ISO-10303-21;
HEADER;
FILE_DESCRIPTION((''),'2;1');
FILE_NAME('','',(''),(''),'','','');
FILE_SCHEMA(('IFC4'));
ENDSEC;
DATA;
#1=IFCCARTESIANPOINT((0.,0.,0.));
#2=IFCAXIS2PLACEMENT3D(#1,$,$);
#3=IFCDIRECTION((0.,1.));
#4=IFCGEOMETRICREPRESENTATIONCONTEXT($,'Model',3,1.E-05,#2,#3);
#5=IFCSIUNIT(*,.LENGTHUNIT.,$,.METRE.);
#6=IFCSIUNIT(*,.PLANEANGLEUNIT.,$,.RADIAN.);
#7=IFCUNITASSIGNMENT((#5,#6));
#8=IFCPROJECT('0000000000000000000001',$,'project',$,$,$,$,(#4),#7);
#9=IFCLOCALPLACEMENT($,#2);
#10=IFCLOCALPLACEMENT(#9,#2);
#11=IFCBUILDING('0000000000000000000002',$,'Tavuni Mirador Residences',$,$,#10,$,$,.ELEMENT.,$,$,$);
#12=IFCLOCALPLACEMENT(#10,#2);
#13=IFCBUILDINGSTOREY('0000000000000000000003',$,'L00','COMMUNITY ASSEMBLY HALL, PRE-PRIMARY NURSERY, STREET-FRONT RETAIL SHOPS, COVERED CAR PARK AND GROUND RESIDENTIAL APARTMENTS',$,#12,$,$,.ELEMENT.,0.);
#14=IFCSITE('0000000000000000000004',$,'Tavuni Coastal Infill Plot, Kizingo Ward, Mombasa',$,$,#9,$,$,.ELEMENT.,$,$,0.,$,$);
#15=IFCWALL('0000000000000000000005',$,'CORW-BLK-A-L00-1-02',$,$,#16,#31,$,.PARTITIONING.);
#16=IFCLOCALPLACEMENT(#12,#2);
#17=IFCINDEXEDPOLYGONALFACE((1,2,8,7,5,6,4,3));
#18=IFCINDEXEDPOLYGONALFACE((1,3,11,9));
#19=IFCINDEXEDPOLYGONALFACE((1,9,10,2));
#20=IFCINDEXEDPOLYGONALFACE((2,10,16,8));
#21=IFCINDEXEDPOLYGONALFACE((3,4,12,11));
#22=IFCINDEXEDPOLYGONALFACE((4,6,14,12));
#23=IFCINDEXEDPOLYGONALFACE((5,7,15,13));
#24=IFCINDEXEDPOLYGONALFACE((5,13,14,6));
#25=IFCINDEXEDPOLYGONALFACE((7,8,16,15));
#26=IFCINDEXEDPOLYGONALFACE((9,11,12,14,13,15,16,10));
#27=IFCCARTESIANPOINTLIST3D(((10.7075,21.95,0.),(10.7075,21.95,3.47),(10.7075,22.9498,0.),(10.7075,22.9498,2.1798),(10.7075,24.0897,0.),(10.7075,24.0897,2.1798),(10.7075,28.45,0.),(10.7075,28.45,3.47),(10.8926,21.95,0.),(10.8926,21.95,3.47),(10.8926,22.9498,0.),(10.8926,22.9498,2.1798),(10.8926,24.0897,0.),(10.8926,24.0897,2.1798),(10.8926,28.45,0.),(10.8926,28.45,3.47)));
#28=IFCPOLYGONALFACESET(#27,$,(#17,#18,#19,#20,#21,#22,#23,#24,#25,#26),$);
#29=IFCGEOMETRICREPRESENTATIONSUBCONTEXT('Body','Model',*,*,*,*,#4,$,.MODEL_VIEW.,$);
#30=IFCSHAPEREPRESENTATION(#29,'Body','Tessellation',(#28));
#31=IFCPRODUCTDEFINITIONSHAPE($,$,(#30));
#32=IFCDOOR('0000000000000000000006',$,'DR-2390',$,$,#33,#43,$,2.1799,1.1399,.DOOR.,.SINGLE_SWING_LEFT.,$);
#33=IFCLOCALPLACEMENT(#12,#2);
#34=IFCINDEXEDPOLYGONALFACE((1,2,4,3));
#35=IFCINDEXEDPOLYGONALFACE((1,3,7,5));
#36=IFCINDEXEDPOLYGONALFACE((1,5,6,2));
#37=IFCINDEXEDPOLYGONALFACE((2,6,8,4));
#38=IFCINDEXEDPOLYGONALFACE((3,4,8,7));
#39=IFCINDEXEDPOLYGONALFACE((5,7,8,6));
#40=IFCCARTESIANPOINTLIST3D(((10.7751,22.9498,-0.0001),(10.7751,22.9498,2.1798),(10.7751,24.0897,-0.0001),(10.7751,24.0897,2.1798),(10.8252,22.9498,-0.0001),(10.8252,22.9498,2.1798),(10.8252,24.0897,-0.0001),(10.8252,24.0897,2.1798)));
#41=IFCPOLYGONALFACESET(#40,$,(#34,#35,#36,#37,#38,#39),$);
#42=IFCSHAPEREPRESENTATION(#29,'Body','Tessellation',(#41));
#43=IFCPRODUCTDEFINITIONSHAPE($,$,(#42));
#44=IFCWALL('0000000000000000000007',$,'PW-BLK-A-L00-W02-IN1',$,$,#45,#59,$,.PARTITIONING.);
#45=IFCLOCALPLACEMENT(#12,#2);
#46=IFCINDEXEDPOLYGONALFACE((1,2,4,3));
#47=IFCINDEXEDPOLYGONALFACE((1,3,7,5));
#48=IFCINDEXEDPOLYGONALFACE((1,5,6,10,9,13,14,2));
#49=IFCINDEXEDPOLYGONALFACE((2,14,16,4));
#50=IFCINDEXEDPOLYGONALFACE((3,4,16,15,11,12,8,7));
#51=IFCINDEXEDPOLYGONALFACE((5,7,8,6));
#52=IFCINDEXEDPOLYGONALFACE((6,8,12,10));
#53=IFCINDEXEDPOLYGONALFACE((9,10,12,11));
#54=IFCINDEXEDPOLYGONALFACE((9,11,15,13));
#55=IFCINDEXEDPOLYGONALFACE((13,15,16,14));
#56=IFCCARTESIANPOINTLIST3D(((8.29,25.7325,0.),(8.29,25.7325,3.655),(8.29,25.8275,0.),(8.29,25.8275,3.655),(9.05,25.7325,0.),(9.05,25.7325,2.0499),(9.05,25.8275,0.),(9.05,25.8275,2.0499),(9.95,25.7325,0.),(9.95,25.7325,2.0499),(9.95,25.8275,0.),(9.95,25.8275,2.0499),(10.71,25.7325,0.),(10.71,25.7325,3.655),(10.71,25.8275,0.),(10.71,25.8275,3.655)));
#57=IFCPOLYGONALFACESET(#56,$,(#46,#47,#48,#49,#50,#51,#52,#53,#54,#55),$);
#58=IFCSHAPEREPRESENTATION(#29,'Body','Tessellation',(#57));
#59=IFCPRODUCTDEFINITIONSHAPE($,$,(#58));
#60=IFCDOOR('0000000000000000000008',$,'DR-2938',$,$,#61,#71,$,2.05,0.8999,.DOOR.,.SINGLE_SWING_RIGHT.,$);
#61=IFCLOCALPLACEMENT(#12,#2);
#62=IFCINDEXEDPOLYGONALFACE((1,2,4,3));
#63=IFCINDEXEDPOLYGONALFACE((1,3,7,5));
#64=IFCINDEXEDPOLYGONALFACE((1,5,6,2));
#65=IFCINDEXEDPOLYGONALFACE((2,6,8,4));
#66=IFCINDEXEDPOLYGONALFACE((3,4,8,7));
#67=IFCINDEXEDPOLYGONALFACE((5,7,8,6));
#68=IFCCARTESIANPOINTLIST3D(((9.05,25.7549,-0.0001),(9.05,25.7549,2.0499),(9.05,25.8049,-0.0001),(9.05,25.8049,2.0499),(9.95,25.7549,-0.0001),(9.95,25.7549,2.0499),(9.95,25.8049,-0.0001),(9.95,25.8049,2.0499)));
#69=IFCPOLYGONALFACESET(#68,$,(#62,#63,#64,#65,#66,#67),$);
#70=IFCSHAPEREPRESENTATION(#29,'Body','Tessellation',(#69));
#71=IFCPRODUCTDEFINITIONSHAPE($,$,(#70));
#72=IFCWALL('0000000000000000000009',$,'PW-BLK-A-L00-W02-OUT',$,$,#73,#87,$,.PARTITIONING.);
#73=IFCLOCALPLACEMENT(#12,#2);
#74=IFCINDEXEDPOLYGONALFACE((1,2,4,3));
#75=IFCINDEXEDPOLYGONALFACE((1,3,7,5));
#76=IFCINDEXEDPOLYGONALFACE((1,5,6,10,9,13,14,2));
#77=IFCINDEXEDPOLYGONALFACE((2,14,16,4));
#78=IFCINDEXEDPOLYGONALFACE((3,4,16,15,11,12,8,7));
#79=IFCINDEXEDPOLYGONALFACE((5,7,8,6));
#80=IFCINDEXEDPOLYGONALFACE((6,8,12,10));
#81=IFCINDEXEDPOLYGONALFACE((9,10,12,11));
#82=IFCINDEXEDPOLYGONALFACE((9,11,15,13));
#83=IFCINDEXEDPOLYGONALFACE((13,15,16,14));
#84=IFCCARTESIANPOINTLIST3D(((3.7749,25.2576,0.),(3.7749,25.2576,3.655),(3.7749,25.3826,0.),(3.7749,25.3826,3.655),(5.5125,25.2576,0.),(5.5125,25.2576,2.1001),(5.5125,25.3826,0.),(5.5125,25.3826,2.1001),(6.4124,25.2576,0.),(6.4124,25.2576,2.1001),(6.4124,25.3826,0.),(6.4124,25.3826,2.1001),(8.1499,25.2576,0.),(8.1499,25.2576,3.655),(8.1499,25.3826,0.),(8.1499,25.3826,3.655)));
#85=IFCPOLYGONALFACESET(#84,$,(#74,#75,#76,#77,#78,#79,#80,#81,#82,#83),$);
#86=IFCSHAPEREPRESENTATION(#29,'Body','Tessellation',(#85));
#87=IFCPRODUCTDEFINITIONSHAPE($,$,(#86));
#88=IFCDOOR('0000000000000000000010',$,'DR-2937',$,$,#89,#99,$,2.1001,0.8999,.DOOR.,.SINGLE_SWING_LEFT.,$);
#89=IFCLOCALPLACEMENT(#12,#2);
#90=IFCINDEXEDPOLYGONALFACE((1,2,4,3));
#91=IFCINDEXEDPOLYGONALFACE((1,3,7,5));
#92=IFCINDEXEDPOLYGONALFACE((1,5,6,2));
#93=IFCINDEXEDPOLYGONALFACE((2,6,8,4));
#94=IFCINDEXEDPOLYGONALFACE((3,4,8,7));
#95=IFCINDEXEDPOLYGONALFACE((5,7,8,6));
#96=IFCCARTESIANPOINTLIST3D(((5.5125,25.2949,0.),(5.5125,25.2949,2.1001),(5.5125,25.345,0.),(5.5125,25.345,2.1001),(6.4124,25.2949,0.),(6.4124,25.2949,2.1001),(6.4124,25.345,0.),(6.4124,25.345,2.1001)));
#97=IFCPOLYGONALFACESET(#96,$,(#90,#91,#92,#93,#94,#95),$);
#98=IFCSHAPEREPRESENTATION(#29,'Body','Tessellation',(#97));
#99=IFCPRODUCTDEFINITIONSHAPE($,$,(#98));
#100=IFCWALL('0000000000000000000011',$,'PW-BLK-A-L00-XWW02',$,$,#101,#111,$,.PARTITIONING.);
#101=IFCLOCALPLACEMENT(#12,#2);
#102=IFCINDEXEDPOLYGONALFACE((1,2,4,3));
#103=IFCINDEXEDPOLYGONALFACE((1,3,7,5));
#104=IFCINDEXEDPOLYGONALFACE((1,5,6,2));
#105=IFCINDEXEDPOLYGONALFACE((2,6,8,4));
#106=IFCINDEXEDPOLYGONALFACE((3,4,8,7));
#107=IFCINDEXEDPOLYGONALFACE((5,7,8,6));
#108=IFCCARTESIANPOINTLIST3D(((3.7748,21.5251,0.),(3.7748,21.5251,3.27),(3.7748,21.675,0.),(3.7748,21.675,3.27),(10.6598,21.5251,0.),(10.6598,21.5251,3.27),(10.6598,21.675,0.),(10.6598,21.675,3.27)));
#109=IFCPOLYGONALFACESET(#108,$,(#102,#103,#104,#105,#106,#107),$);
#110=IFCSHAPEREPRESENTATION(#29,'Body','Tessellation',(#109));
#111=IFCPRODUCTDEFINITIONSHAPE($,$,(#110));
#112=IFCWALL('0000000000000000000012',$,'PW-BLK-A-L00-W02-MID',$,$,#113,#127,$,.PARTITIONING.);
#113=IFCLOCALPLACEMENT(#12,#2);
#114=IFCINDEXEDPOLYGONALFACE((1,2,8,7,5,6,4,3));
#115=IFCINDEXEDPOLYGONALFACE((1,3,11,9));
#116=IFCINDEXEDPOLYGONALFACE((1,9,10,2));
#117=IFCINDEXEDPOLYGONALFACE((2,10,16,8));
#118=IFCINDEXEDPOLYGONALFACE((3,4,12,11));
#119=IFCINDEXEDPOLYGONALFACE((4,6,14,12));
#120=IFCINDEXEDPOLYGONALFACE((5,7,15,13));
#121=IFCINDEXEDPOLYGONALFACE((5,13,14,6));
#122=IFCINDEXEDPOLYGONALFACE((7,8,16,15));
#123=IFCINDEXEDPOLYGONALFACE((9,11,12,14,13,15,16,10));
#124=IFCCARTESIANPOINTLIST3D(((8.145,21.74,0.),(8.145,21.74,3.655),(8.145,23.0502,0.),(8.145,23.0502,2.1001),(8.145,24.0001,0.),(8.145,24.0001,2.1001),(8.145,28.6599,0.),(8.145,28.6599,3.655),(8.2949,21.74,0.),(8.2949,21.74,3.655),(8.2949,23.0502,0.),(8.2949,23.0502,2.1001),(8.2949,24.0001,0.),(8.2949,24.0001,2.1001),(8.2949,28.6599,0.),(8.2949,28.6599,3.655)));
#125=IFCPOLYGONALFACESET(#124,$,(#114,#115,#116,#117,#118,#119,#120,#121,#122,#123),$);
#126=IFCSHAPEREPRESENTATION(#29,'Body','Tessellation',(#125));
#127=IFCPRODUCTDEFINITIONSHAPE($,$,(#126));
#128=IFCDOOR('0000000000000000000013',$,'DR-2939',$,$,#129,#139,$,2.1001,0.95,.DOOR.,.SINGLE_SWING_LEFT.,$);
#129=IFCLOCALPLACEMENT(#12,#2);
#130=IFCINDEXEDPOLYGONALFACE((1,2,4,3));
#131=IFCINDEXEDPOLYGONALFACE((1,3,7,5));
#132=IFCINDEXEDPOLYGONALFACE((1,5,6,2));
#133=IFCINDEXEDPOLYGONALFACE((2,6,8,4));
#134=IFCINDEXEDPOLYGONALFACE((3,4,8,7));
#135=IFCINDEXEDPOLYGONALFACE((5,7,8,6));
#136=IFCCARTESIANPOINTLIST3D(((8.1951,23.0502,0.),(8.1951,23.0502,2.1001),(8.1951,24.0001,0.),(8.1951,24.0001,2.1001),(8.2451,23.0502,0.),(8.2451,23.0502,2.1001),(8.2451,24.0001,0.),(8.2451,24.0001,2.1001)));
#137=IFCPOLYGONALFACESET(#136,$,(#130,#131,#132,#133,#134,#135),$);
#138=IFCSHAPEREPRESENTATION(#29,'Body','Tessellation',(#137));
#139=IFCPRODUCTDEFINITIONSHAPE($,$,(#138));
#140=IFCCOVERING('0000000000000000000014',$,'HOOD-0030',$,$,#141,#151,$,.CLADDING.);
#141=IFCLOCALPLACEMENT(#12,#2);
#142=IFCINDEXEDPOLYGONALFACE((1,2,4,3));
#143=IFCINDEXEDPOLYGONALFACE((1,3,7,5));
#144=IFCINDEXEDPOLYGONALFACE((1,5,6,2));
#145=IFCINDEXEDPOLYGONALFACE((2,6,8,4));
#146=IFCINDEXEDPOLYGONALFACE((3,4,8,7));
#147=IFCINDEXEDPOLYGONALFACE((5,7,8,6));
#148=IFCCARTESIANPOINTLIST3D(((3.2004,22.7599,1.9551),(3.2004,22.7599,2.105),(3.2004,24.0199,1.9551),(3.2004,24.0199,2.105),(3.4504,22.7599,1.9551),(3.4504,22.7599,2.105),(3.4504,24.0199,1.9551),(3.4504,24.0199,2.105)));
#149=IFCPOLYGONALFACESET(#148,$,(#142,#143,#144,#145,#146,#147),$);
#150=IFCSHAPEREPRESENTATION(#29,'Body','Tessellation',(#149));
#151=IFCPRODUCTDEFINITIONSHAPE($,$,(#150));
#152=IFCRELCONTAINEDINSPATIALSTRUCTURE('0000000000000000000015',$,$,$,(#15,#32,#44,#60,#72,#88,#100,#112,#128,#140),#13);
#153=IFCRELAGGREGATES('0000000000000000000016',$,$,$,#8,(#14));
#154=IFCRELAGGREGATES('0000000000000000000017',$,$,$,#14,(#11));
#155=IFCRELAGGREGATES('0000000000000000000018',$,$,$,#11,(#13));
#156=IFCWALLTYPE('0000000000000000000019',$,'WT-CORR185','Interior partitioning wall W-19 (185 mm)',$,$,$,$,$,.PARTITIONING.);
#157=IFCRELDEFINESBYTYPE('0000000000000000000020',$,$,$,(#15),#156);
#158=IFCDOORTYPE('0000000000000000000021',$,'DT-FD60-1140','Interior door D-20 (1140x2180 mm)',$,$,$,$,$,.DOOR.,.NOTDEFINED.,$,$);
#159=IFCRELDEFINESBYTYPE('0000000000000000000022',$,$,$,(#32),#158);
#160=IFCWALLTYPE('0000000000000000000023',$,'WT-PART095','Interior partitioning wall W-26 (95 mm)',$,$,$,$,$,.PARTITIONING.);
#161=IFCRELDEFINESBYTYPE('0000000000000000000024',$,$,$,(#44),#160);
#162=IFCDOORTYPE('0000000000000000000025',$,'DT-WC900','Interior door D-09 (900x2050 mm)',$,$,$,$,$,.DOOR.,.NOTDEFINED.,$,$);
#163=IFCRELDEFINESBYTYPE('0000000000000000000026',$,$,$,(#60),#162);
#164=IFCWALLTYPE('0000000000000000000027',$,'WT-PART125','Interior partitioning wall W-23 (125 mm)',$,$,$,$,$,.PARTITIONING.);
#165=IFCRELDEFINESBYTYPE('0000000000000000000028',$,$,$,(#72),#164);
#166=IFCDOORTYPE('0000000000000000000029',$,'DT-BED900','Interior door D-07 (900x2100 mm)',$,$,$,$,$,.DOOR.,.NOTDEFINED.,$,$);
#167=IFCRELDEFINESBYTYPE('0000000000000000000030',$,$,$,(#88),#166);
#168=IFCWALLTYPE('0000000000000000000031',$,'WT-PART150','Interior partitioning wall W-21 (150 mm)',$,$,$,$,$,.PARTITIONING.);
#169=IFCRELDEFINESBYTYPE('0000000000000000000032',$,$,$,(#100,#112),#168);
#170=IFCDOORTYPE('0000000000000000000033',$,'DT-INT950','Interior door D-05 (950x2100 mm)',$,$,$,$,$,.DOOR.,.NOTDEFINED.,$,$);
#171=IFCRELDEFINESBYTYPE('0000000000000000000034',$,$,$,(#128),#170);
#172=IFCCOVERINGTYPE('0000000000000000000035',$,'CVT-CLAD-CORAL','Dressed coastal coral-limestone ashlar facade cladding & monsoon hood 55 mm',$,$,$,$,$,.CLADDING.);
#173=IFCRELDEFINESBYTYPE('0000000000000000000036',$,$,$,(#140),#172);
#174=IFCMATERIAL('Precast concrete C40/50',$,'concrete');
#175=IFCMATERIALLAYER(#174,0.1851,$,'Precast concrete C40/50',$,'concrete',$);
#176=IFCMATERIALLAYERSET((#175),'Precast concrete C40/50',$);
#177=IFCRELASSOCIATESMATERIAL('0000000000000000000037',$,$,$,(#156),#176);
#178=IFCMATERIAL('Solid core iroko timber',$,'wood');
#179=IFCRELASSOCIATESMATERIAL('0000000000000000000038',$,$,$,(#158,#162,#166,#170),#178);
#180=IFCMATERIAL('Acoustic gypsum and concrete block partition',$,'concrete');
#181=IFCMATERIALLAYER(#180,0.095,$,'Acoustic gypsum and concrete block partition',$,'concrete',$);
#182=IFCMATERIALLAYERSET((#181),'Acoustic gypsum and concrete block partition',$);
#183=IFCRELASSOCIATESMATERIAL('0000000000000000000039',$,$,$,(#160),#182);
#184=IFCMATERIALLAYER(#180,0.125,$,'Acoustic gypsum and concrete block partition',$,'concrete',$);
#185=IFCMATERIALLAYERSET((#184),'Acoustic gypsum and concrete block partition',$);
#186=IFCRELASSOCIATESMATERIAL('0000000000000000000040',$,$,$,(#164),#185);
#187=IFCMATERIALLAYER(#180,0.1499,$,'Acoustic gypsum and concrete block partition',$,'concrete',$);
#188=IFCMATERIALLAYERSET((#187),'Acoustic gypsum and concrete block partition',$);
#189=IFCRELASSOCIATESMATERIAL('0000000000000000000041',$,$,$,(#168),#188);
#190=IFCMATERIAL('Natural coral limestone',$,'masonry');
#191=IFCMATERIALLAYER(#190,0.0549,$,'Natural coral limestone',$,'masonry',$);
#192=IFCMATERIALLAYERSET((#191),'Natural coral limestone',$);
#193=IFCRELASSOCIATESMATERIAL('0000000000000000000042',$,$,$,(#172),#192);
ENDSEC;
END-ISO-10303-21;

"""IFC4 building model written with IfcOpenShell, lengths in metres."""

from ifc_helpers import new_model, si_unit, direction, frame, frame_2d, origin, origin_2d, place, context, subcontext, project, spatial, rectangle, extrude, material, layer, layer_set, type_object, element, fill, save


model = new_model("IFC4")

# Units and contexts
model_context = context("Model", 3, precision=1e-05, world=origin(), true_north=direction((0.0, 1.0)))
body_context = subcontext(model_context, "Body", "Model", "MODEL_VIEW")
ifc_project = project(units=[si_unit("LENGTHUNIT", "METRE"), si_unit("PLANEANGLEUNIT", "RADIAN")], contexts=[model_context])

# Site, building, storey
site_placement = place(None, origin())
site = spatial("IfcSite", under=ifc_project, at=site_placement, Name="Tavuni Coastal Infill Plot, Kizingo Ward, Mombasa", CompositionType="ELEMENT", RefElevation=0.0)
building_placement = place(site_placement, origin())
building = spatial("IfcBuilding", under=site, at=building_placement, Name="Tavuni Mirador Residences", CompositionType="ELEMENT")
storey_placement = place(building_placement, origin())
storey = spatial("IfcBuildingStorey", under=building, at=storey_placement, Name="L00", Description="COMMUNITY ASSEMBLY HALL, PRE-PRIMARY NURSERY, STREET-FRONT RETAIL SHOPS, COVERED CAR PARK AND GROUND RESIDENTIAL APARTMENTS", CompositionType="ELEMENT", Elevation=0.0)

# Shared definitions
ifc_material_1 = material(Name="Precast concrete C40/50", Category="concrete")

# Walls, openings, doors
ifc_layer_1 = layer(ifc_material_1, 0.1851, Name="Precast concrete C40/50", Category="concrete")
ifc_layer_set_1 = layer_set([ifc_layer_1], Name="Precast concrete C40/50")
wall_type_1 = type_object("IfcWallType", Name="WT-CORR185", Description="Interior partitioning wall W-19 (185 mm)", PredefinedType="PARTITIONING", material=ifc_layer_set_1)
wall_1_placement = place(storey_placement, frame((10.8, 21.95, 0.0), z_axis=(0.0, 0.0, 1.0), x_axis=(0.0, 1.0, 0.0)))
wall_1 = element("IfcWall", 1, at=wall_1_placement, inside=storey, type_object=wall_type_1, Name="CORW-BLK-A-L00-1-02", PredefinedType="PARTITIONING", context=body_context, shape_type="SweptSolid", body=[
    extrude(rectangle(XDim=6.5, YDim=0.1851, at=frame_2d((3.25, 0.0))), origin(), (0.0, 0.0, 1.0), 3.47),
])
opening_1_placement = place(wall_1_placement, frame((1.0, 0.0, 0.0)))
opening_1 = element("IfcOpeningElement", 2, at=opening_1_placement, cuts=wall_1, PredefinedType="OPENING", context=body_context, shape_type="SweptSolid", body=[
    extrude(rectangle(XDim=1.1399, YDim=2.1799, at=frame_2d((0.5698, 1.0898))), frame((0.0, 0.1025, 0.0), z_axis=(0.0, -1.0, 0.0), x_axis=(1.0, 0.0, 0.0)), (0.0, 0.0, 1.0), 0.2051),
])
ifc_material_2 = material(Name="Solid core iroko timber", Category="wood")
door_type_1 = type_object("IfcDoorType", Name="DT-FD60-1140", Description="Interior door D-20 (1140x2180 mm)", OperationType="NOTDEFINED", PredefinedType="DOOR", material=ifc_material_2)
door_1_placement = place(opening_1_placement, origin())
door_1 = element("IfcDoor", 3, at=door_1_placement, inside=storey, type_object=door_type_1, Name="DR-2390", OperationType="SINGLE_SWING_LEFT", OverallHeight=2.1799, OverallWidth=1.1399, PredefinedType="DOOR", context=body_context, shape_type="SweptSolid", body=[
    extrude(rectangle(XDim=1.1399, YDim=2.1799, at=frame_2d((0.5698, 1.0898))), frame((0.0, 0.0249, 0.0), z_axis=(0.0, -1.0, 0.0), x_axis=(1.0, 0.0, 0.0)), (0.0, 0.0, 1.0), 0.05),
])
fill(opening_1, door_1)
ifc_material_3 = material(Name="Acoustic gypsum and concrete block partition", Category="concrete")
ifc_layer_2 = layer(ifc_material_3, 0.095, Name="Acoustic gypsum and concrete block partition", Category="concrete")
ifc_layer_set_2 = layer_set([ifc_layer_2], Name="Acoustic gypsum and concrete block partition")
wall_type_2 = type_object("IfcWallType", Name="WT-PART095", Description="Interior partitioning wall W-26 (95 mm)", PredefinedType="PARTITIONING", material=ifc_layer_set_2)
wall_2_placement = place(storey_placement, frame((8.29, 25.78, 0.0), z_axis=(0.0, 0.0, 1.0), x_axis=(1.0, 0.0, 0.0)))
wall_2 = element("IfcWall", 4, at=wall_2_placement, inside=storey, type_object=wall_type_2, Name="PW-BLK-A-L00-W02-IN1", PredefinedType="PARTITIONING", context=body_context, shape_type="SweptSolid", body=[
    extrude(rectangle(XDim=2.4199, YDim=0.095, at=frame_2d((1.21, 0.0))), origin(), (0.0, 0.0, 1.0), 3.655),
])
opening_2_placement = place(wall_2_placement, frame((0.76, 0.0, 0.0)))
opening_2 = element("IfcOpeningElement", 5, at=opening_2_placement, cuts=wall_2, PredefinedType="OPENING", context=body_context, shape_type="SweptSolid", body=[
    extrude(rectangle(XDim=0.8999, YDim=2.05, at=frame_2d((0.45, 1.0249))), frame((0.0, 0.0576, 0.0), z_axis=(0.0, -1.0, 0.0), x_axis=(1.0, 0.0, 0.0)), (0.0, 0.0, 1.0), 0.115),
])
door_type_2 = type_object("IfcDoorType", Name="DT-WC900", Description="Interior door D-09 (900x2050 mm)", OperationType="NOTDEFINED", PredefinedType="DOOR", material=ifc_material_2)
door_2_placement = place(opening_2_placement, origin())
door_2 = element("IfcDoor", 6, at=door_2_placement, inside=storey, type_object=door_type_2, Name="DR-2938", OperationType="SINGLE_SWING_RIGHT", OverallHeight=2.05, OverallWidth=0.8999, PredefinedType="DOOR", context=body_context, shape_type="SweptSolid", body=[
    extrude(rectangle(XDim=0.8999, YDim=2.05, at=frame_2d((0.45, 1.0249))), frame((0.0, 0.0249, 0.0), z_axis=(0.0, -1.0, 0.0), x_axis=(1.0, 0.0, 0.0)), (0.0, 0.0, 1.0), 0.05),
])
fill(opening_2, door_2)
ifc_layer_3 = layer(ifc_material_3, 0.125, Name="Acoustic gypsum and concrete block partition", Category="concrete")
ifc_layer_set_3 = layer_set([ifc_layer_3], Name="Acoustic gypsum and concrete block partition")
wall_type_3 = type_object("IfcWallType", Name="WT-PART125", Description="Interior partitioning wall W-23 (125 mm)", PredefinedType="PARTITIONING", material=ifc_layer_set_3)
wall_3_placement = place(storey_placement, frame((3.7749, 25.3201, 0.0), z_axis=(0.0, 0.0, 1.0), x_axis=(1.0, 0.0, 0.0)))
wall_3 = element("IfcWall", 7, at=wall_3_placement, inside=storey, type_object=wall_type_3, Name="PW-BLK-A-L00-W02-OUT", PredefinedType="PARTITIONING", context=body_context, shape_type="SweptSolid", body=[
    extrude(rectangle(XDim=4.375, YDim=0.125, at=frame_2d((2.1875, 0.0))), origin(), (0.0, 0.0, 1.0), 3.655),
])
opening_3_placement = place(wall_3_placement, frame((1.7375, 0.0, 0.0)))
opening_3 = element("IfcOpeningElement", 8, at=opening_3_placement, cuts=wall_3, PredefinedType="OPENING", context=body_context, shape_type="SweptSolid", body=[
    extrude(rectangle(XDim=0.8999, YDim=2.1001, at=frame_2d((0.45, 1.05))), frame((0.0, 0.0725, 0.0), z_axis=(0.0, -1.0, 0.0), x_axis=(1.0, 0.0, 0.0)), (0.0, 0.0, 1.0), 0.145),
])
door_type_3 = type_object("IfcDoorType", Name="DT-BED900", Description="Interior door D-07 (900x2100 mm)", OperationType="NOTDEFINED", PredefinedType="DOOR", material=ifc_material_2)
door_3_placement = place(opening_3_placement, origin())
door_3 = element("IfcDoor", 9, at=door_3_placement, inside=storey, type_object=door_type_3, Name="DR-2937", OperationType="SINGLE_SWING_LEFT", OverallHeight=2.1001, OverallWidth=0.8999, PredefinedType="DOOR", context=body_context, shape_type="SweptSolid", body=[
    extrude(rectangle(XDim=0.8999, YDim=2.1001, at=frame_2d((0.45, 1.05))), frame((0.0, 0.0249, 0.0), z_axis=(0.0, -1.0, 0.0), x_axis=(1.0, 0.0, 0.0)), (0.0, 0.0, 1.0), 0.05),
])
fill(opening_3, door_3)

# Wall
ifc_layer_4 = layer(ifc_material_3, 0.1499, Name="Acoustic gypsum and concrete block partition", Category="concrete")
ifc_layer_set_4 = layer_set([ifc_layer_4], Name="Acoustic gypsum and concrete block partition")
wall_type_4 = type_object("IfcWallType", Name="WT-PART150", Description="Interior partitioning wall W-21 (150 mm)", PredefinedType="PARTITIONING", material=ifc_layer_set_4)
wall_4_placement = place(storey_placement, frame((3.7749, 21.6001, 0.0), z_axis=(0.0, 0.0, 1.0), x_axis=(1.0, 0.0, 0.0)))
element("IfcWall", 10, at=wall_4_placement, inside=storey, type_object=wall_type_4, Name="PW-BLK-A-L00-XWW02", PredefinedType="PARTITIONING", context=body_context, shape_type="SweptSolid", body=[
    extrude(rectangle(XDim=6.885, YDim=0.1499, at=frame_2d((3.4424, 0.0))), origin(), (0.0, 0.0, 1.0), 3.27),
])

# Wall, opening, door
wall_5_placement = place(storey_placement, frame((8.22, 21.74, 0.0), z_axis=(0.0, 0.0, 1.0), x_axis=(0.0, 1.0, 0.0)))
wall_5 = element("IfcWall", 11, at=wall_5_placement, inside=storey, type_object=wall_type_4, Name="PW-BLK-A-L00-W02-MID", PredefinedType="PARTITIONING", context=body_context, shape_type="SweptSolid", body=[
    extrude(rectangle(XDim=6.9199, YDim=0.1499, at=frame_2d((3.46, 0.0))), origin(), (0.0, 0.0, 1.0), 3.655),
])
opening_4_placement = place(wall_5_placement, frame((1.3101, 0.0, 0.0)))
opening_4 = element("IfcOpeningElement", 12, at=opening_4_placement, cuts=wall_5, PredefinedType="OPENING", context=body_context, shape_type="SweptSolid", body=[
    extrude(rectangle(XDim=0.95, YDim=2.1001, at=frame_2d((0.4751, 1.05))), frame((0.0, 0.085, 0.0), z_axis=(0.0, -1.0, 0.0), x_axis=(1.0, 0.0, 0.0)), (0.0, 0.0, 1.0), 0.1699),
])
door_type_4 = type_object("IfcDoorType", Name="DT-INT950", Description="Interior door D-05 (950x2100 mm)", OperationType="NOTDEFINED", PredefinedType="DOOR", material=ifc_material_2)
door_4_placement = place(opening_4_placement, origin())
door_4 = element("IfcDoor", 13, at=door_4_placement, inside=storey, type_object=door_type_4, Name="DR-2939", OperationType="SINGLE_SWING_LEFT", OverallHeight=2.1001, OverallWidth=0.95, PredefinedType="DOOR", context=body_context, shape_type="SweptSolid", body=[
    extrude(rectangle(XDim=0.95, YDim=2.1001, at=frame_2d((0.4751, 1.05))), frame((0.0, 0.0249, 0.0), z_axis=(0.0, -1.0, 0.0), x_axis=(1.0, 0.0, 0.0)), (0.0, 0.0, 1.0), 0.05),
])
fill(opening_4, door_4)

# Covering
ifc_material_4 = material(Name="Natural coral limestone", Category="masonry")
ifc_layer_5 = layer(ifc_material_4, 0.0549, Name="Natural coral limestone", Category="masonry")
ifc_layer_set_5 = layer_set([ifc_layer_5], Name="Natural coral limestone")
covering_type = type_object("IfcCoveringType", Name="CVT-CLAD-CORAL", Description="Dressed coastal coral-limestone ashlar facade cladding & monsoon hood 55 mm", PredefinedType="CLADDING", material=ifc_layer_set_5)
covering_placement = place(storey_placement, frame((3.3254, 23.3899, 1.9551), z_axis=(0.0, 0.0, 1.0), x_axis=(0.0, -1.0, 0.0)))
element("IfcCovering", 14, at=covering_placement, inside=storey, type_object=covering_type, Name="HOOD-0030", PredefinedType="CLADDING", context=body_context, shape_type="SweptSolid", body=[
    extrude(rectangle(XDim=1.26, YDim=0.25, at=origin_2d()), origin(), (0.0, 0.0, 1.0), 0.1499),
])

save(model, "model.ifc")
